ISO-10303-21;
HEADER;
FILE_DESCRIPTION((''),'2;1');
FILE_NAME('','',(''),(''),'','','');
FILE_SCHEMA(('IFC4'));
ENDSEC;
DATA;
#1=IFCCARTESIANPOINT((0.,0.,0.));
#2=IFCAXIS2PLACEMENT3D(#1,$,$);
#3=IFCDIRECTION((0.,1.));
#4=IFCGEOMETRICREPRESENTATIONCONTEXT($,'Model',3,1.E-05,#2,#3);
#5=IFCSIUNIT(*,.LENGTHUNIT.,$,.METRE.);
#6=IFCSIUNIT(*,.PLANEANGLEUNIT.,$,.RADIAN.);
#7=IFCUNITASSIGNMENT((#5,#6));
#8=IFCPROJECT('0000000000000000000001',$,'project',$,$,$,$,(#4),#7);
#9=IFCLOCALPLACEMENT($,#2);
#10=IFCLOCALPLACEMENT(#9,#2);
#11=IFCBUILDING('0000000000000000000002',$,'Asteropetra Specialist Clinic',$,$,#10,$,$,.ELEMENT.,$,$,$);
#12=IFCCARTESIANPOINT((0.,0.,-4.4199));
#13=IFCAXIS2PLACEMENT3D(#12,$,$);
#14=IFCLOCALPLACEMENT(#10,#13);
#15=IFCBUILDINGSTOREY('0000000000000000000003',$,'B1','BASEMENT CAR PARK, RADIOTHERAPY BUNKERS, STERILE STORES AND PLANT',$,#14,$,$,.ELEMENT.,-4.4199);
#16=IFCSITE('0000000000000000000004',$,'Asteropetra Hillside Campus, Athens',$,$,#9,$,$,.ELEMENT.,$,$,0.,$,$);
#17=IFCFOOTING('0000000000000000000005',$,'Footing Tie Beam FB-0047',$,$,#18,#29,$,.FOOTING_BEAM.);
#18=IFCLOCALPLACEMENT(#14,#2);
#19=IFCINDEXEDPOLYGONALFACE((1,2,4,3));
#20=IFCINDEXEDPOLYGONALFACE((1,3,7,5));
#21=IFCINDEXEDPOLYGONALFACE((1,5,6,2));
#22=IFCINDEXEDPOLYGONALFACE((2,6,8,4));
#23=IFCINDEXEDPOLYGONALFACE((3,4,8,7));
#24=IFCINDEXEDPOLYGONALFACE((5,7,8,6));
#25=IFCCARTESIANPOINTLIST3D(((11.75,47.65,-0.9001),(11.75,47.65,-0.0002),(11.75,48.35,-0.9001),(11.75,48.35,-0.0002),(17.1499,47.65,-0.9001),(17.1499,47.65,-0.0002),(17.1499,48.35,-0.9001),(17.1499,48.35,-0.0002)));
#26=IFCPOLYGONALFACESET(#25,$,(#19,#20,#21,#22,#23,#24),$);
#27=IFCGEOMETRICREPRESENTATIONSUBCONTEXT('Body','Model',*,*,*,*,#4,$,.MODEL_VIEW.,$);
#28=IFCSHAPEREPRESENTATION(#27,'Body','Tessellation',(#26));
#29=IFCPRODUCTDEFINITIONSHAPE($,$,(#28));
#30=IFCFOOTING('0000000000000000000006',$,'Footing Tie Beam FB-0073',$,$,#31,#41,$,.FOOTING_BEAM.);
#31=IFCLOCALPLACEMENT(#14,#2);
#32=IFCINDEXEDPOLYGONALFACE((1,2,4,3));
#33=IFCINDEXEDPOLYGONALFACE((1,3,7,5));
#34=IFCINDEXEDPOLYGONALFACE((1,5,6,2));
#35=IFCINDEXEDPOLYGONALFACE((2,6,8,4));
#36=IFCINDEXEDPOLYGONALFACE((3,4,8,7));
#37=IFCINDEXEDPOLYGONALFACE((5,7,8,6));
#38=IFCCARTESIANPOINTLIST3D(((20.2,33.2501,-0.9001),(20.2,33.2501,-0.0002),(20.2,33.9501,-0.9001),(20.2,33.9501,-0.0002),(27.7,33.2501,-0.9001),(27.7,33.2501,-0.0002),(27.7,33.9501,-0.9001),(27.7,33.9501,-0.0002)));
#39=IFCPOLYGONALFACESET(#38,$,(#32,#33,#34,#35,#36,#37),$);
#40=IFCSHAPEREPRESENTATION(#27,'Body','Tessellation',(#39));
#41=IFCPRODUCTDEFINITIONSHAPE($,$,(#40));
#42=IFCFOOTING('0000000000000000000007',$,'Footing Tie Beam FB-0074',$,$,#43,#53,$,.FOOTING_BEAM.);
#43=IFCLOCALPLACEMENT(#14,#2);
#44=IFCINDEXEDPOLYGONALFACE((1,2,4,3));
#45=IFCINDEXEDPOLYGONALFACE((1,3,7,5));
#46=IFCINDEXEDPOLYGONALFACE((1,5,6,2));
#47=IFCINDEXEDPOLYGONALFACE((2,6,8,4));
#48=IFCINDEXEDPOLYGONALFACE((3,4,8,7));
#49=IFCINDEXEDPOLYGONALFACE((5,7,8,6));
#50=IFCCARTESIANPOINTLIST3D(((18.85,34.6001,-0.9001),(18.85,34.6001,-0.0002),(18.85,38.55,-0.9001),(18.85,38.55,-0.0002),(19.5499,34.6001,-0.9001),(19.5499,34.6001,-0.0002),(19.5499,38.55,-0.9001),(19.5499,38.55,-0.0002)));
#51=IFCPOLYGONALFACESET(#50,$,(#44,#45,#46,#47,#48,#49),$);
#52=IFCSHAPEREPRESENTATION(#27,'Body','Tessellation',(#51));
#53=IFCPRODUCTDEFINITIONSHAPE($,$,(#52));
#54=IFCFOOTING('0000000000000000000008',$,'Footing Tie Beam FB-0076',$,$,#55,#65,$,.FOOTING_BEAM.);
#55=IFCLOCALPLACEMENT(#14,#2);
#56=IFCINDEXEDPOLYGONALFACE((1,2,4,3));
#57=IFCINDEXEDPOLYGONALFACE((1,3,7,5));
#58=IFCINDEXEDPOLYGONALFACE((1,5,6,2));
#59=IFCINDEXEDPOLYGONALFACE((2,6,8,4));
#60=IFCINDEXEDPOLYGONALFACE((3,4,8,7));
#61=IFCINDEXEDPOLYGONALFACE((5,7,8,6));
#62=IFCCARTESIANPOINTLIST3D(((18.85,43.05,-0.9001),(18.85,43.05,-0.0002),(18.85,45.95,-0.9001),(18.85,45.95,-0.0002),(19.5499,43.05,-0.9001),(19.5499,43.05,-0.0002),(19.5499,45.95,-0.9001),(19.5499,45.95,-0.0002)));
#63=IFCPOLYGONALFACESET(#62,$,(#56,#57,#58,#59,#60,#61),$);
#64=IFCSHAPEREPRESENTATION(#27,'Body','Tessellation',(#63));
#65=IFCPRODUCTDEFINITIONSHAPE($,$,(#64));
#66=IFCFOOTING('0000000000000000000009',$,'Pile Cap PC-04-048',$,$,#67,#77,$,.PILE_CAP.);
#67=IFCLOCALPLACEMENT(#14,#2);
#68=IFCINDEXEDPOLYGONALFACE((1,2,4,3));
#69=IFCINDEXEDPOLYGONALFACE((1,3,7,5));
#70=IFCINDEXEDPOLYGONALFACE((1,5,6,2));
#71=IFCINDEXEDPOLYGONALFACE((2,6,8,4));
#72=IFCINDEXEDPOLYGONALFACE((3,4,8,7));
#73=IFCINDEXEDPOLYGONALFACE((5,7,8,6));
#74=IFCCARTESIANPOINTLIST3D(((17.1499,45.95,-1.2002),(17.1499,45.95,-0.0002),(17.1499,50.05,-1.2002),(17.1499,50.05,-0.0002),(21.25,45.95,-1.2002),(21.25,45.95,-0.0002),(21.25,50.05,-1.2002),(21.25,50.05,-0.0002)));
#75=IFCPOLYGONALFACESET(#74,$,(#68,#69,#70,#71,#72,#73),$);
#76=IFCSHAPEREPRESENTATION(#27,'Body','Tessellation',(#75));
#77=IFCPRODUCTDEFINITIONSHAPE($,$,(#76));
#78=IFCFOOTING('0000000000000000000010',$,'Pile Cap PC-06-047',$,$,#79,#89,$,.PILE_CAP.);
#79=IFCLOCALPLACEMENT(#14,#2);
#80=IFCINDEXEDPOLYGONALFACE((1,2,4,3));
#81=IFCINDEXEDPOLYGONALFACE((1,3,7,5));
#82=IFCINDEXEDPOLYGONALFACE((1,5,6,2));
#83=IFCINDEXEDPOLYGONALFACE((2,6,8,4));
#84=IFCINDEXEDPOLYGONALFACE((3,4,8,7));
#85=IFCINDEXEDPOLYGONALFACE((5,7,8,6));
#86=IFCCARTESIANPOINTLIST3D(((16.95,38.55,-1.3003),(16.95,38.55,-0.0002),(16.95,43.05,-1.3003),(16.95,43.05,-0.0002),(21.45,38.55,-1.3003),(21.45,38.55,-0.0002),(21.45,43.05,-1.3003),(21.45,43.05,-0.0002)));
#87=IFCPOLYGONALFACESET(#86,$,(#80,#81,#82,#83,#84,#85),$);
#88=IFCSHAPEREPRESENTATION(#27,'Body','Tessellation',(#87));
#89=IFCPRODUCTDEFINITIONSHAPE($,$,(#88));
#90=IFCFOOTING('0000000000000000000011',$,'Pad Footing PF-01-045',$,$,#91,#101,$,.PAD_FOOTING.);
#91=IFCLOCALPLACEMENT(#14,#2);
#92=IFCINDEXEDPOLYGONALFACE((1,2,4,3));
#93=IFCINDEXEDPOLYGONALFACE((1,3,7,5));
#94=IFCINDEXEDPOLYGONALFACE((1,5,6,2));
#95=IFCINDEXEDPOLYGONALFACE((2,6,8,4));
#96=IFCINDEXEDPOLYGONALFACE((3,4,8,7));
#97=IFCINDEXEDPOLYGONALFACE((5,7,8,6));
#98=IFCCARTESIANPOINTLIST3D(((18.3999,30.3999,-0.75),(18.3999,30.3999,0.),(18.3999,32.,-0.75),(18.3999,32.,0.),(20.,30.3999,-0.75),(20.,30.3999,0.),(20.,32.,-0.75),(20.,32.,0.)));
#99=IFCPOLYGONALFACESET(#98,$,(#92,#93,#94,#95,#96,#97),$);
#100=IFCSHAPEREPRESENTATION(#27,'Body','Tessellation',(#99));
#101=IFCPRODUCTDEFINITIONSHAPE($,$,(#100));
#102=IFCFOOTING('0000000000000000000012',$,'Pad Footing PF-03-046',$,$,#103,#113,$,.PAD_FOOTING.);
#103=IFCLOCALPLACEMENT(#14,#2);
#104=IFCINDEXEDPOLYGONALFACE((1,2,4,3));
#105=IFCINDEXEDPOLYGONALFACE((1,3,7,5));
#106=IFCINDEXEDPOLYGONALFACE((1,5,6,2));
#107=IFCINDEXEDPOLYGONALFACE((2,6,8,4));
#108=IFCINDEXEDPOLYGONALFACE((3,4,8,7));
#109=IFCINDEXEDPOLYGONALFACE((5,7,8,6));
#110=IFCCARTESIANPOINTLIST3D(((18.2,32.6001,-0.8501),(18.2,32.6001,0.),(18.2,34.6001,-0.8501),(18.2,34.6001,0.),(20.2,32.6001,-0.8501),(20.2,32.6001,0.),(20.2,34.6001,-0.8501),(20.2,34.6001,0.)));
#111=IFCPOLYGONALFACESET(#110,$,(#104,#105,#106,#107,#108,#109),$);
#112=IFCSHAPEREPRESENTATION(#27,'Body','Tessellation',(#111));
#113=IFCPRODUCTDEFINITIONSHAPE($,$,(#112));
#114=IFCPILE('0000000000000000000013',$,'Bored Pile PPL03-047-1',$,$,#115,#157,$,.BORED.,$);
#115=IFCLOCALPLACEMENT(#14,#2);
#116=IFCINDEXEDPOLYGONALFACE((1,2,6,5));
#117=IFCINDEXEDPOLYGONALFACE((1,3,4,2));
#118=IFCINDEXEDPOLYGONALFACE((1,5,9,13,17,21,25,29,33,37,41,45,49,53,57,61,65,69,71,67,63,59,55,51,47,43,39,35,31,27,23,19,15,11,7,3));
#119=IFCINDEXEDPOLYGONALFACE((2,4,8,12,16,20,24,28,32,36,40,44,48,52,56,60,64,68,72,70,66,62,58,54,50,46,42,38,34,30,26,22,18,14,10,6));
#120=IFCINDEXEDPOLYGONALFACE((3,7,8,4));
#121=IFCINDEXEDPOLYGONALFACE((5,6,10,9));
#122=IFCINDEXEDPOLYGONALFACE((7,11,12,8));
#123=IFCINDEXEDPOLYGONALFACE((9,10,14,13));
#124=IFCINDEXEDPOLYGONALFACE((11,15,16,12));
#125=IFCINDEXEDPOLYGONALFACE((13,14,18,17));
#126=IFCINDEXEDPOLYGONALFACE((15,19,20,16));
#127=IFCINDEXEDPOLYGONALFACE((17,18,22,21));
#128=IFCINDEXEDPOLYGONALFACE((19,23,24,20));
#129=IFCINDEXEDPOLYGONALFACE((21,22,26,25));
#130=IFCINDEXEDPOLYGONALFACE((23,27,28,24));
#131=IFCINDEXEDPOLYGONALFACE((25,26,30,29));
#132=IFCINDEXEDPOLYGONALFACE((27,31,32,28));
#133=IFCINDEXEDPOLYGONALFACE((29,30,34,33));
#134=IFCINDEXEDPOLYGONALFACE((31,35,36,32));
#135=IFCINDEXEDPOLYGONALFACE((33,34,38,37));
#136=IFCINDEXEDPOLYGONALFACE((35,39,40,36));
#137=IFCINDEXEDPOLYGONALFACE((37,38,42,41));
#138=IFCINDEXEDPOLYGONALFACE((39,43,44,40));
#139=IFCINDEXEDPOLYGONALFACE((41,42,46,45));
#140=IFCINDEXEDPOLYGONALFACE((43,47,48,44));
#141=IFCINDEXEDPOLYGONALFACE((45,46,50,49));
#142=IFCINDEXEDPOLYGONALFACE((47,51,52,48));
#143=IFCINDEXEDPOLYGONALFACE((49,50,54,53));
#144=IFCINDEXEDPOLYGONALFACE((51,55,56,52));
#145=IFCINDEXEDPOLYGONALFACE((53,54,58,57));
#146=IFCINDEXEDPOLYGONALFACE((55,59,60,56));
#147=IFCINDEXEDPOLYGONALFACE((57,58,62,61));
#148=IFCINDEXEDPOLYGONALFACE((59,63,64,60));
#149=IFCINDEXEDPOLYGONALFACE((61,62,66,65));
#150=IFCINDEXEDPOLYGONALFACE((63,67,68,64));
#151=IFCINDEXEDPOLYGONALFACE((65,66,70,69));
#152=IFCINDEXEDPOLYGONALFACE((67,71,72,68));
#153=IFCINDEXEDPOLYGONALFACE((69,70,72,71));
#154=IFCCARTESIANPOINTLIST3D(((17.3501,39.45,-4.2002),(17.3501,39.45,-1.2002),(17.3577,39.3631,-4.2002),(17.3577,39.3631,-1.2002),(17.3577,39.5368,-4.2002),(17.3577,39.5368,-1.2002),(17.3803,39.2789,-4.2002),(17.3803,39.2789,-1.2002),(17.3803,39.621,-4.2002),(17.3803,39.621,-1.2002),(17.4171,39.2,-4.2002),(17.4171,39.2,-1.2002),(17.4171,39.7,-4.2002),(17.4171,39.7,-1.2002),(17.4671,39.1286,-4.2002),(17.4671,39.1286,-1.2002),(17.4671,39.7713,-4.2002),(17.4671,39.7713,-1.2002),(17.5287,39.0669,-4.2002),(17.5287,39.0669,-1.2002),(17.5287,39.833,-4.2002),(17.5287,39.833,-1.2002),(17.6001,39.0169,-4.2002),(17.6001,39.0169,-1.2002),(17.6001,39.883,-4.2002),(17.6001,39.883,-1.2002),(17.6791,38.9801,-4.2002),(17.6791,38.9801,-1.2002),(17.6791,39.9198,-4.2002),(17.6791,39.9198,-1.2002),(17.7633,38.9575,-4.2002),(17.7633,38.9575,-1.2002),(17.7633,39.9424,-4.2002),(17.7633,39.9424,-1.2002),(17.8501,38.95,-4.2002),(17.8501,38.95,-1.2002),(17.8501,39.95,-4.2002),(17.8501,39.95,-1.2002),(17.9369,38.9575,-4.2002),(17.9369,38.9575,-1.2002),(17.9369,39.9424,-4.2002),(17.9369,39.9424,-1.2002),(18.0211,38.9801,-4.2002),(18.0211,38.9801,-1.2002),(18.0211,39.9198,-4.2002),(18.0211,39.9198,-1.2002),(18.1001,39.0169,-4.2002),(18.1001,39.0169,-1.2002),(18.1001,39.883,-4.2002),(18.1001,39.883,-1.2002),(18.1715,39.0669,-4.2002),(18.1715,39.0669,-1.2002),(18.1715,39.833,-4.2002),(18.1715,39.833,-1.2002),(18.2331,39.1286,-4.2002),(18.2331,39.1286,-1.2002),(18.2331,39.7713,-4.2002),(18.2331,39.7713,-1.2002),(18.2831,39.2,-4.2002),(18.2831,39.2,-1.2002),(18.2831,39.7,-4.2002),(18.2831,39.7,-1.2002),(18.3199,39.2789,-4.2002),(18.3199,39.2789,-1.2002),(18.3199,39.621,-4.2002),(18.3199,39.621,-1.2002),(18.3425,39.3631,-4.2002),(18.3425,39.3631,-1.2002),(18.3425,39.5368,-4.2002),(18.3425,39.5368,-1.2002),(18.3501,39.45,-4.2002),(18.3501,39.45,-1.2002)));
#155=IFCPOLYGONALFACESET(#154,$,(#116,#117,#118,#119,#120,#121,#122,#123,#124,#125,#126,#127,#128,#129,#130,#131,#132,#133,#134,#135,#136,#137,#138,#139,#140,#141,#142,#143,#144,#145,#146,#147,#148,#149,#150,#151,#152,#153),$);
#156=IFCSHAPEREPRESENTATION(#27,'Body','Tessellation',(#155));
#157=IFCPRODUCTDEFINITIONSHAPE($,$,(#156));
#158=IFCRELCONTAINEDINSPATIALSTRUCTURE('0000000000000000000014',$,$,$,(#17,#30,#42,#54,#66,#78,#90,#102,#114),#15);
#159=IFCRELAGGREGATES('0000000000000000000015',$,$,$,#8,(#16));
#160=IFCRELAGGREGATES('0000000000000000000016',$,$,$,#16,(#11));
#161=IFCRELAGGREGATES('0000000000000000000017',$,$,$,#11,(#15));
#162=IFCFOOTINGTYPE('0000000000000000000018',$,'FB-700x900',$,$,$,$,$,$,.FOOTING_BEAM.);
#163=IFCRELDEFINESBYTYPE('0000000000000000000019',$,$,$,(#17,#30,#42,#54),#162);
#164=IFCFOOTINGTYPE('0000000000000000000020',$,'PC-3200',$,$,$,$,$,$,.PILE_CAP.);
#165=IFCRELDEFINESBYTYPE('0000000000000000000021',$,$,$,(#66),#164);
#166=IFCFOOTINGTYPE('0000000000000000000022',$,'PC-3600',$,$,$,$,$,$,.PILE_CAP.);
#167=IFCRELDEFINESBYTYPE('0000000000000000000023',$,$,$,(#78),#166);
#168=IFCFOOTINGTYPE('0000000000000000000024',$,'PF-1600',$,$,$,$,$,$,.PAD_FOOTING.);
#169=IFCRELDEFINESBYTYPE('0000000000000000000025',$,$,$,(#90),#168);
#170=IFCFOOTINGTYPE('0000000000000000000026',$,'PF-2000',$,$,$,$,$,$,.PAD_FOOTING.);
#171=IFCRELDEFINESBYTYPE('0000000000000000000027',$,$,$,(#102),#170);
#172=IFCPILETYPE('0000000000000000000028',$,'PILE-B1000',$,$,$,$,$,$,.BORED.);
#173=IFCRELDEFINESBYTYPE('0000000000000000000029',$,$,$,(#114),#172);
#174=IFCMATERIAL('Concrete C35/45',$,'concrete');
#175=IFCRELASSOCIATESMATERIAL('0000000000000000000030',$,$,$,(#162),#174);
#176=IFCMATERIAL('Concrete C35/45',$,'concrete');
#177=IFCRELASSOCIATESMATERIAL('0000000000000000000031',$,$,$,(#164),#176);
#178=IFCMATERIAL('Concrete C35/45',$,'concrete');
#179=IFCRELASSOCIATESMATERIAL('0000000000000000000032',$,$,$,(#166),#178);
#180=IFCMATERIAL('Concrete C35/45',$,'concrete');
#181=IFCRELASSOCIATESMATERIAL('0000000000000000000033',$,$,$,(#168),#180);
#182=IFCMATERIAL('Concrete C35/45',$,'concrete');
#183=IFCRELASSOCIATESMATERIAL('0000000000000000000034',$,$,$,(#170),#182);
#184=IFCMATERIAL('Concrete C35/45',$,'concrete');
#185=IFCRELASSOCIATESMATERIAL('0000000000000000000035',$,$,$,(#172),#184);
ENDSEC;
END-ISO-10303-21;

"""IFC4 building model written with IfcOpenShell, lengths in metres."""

from ifc_helpers import new_model, si_unit, direction, frame, origin, origin_2d, place, context, subcontext, project, spatial, rectangle, circle, extrude, material, material_profile, profile_set, type_object, element, save


model = new_model("IFC4")

# Units and contexts
model_context = context("Model", 3, precision=1e-05, world=origin(), true_north=direction((0.0, 1.0)))
body_context = subcontext(model_context, "Body", "Model", "MODEL_VIEW")
ifc_project = project(units=[si_unit("LENGTHUNIT", "METRE"), si_unit("PLANEANGLEUNIT", "RADIAN")], contexts=[model_context])

# Site, building, storey
site_placement = place(None, origin())
site = spatial("IfcSite", under=ifc_project, at=site_placement, Name="Asteropetra Hillside Campus, Athens", CompositionType="ELEMENT", RefElevation=0.0)
building_placement = place(site_placement, origin())
building = spatial("IfcBuilding", under=site, at=building_placement, Name="Asteropetra Specialist Clinic", CompositionType="ELEMENT")
storey_placement = place(building_placement, frame((0.0, 0.0, -4.4199)))
storey = spatial("IfcBuildingStorey", under=building, at=storey_placement, Name="B1", Description="BASEMENT CAR PARK, RADIOTHERAPY BUNKERS, STERILE STORES AND PLANT", CompositionType="ELEMENT", Elevation=-4.4199)

# Footings
ifc_material_1 = material(Name="Concrete C35/45", Category="concrete")
ifc_material_profile_1 = material_profile(ifc_material_1, rectangle(XDim=0.7, YDim=0.8999, at=origin_2d()), Name="FB 700x900")
ifc_profile_set_1 = profile_set([ifc_material_profile_1], Name="Concrete C35/45")
footing_type_1 = type_object("IfcFootingType", Name="FB-700x900", PredefinedType="FOOTING_BEAM", material=ifc_profile_set_1)
footing_1_placement = place(storey_placement, frame((11.75, 48.0, -0.4502), z_axis=(1.0, 0.0, 0.0), x_axis=(0.0, 1.0, 0.0)))
element("IfcFooting", 1, at=footing_1_placement, inside=storey, type_object=footing_type_1, Name="Footing Tie Beam FB-0047", PredefinedType="FOOTING_BEAM", context=body_context, shape_type="SweptSolid", body=[
    extrude(rectangle(XDim=0.7, YDim=0.8999, at=origin_2d()), origin(), (0.0, 0.0, 1.0), 5.3999),
])
footing_2_placement = place(storey_placement, frame((20.2, 33.6001, -0.4502), z_axis=(1.0, 0.0, 0.0), x_axis=(0.0, 1.0, 0.0)))
element("IfcFooting", 2, at=footing_2_placement, inside=storey, type_object=footing_type_1, Name="Footing Tie Beam FB-0073", PredefinedType="FOOTING_BEAM", context=body_context, shape_type="SweptSolid", body=[
    extrude(rectangle(XDim=0.7, YDim=0.8999, at=origin_2d()), origin(), (0.0, 0.0, 1.0), 7.5),
])
footing_3_placement = place(storey_placement, frame((19.2, 34.6001, -0.4502), z_axis=(0.0, 1.0, 0.0), x_axis=(-1.0, 0.0, 0.0)))
element("IfcFooting", 3, at=footing_3_placement, inside=storey, type_object=footing_type_1, Name="Footing Tie Beam FB-0074", PredefinedType="FOOTING_BEAM", context=body_context, shape_type="SweptSolid", body=[
    extrude(rectangle(XDim=0.7, YDim=0.8999, at=origin_2d()), origin(), (0.0, 0.0, 1.0), 3.95),
])
footing_4_placement = place(storey_placement, frame((19.2, 43.05, -0.4502), z_axis=(0.0, 1.0, 0.0), x_axis=(-1.0, 0.0, 0.0)))
element("IfcFooting", 4, at=footing_4_placement, inside=storey, type_object=footing_type_1, Name="Footing Tie Beam FB-0076", PredefinedType="FOOTING_BEAM", context=body_context, shape_type="SweptSolid", body=[
    extrude(rectangle(XDim=0.7, YDim=0.8999, at=origin_2d()), origin(), (0.0, 0.0, 1.0), 2.8999),
])
ifc_material_2 = material(Name="Concrete C35/45", Category="concrete")
footing_type_2 = type_object("IfcFootingType", Name="PC-3200", PredefinedType="PILE_CAP", material=ifc_material_2)
footing_5_placement = place(storey_placement, frame((19.2, 48.0, -1.2002), z_axis=(0.0, 0.0, 1.0), x_axis=(1.0, 0.0, 0.0)))
element("IfcFooting", 5, at=footing_5_placement, inside=storey, type_object=footing_type_2, Name="Pile Cap PC-04-048", PredefinedType="PILE_CAP", context=body_context, shape_type="SweptSolid", body=[
    extrude(rectangle(XDim=4.1001, YDim=4.1001, at=origin_2d()), origin(), (0.0, 0.0, 1.0), 1.2),
])
ifc_material_3 = material(Name="Concrete C35/45", Category="concrete")
footing_type_3 = type_object("IfcFootingType", Name="PC-3600", PredefinedType="PILE_CAP", material=ifc_material_3)
footing_6_placement = place(storey_placement, frame((19.2, 40.8, -1.3003), z_axis=(0.0, 0.0, 1.0), x_axis=(1.0, 0.0, 0.0)))
element("IfcFooting", 6, at=footing_6_placement, inside=storey, type_object=footing_type_3, Name="Pile Cap PC-06-047", PredefinedType="PILE_CAP", context=body_context, shape_type="SweptSolid", body=[
    extrude(rectangle(XDim=4.5, YDim=4.5, at=origin_2d()), origin(), (0.0, 0.0, 1.0), 1.3),
])
ifc_material_4 = material(Name="Concrete C35/45", Category="concrete")
footing_type_4 = type_object("IfcFootingType", Name="PF-1600", PredefinedType="PAD_FOOTING", material=ifc_material_4)
footing_7_placement = place(storey_placement, frame((19.2, 31.2, -0.75), z_axis=(0.0, 0.0, 1.0), x_axis=(1.0, 0.0, 0.0)))
element("IfcFooting", 7, at=footing_7_placement, inside=storey, type_object=footing_type_4, Name="Pad Footing PF-01-045", PredefinedType="PAD_FOOTING", context=body_context, shape_type="SweptSolid", body=[
    extrude(rectangle(XDim=1.6001, YDim=1.6001, at=origin_2d()), origin(), (0.0, 0.0, 1.0), 0.75),
])
ifc_material_5 = material(Name="Concrete C35/45", Category="concrete")
footing_type_5 = type_object("IfcFootingType", Name="PF-2000", PredefinedType="PAD_FOOTING", material=ifc_material_5)
footing_8_placement = place(storey_placement, frame((19.2, 33.6001, -0.8501), z_axis=(0.0, 0.0, 1.0), x_axis=(1.0, 0.0, 0.0)))
element("IfcFooting", 8, at=footing_8_placement, inside=storey, type_object=footing_type_5, Name="Pad Footing PF-03-046", PredefinedType="PAD_FOOTING", context=body_context, shape_type="SweptSolid", body=[
    extrude(rectangle(XDim=2.0, YDim=2.0, at=origin_2d()), origin(), (0.0, 0.0, 1.0), 0.8501),
])

# Pile
ifc_material_6 = material(Name="Concrete C35/45", Category="concrete")
ifc_material_profile_2 = material_profile(ifc_material_6, circle(Radius=0.5, at=origin_2d()), Name="PILE D1000")
ifc_profile_set_2 = profile_set([ifc_material_profile_2], Name="Concrete C35/45")
pile_type_1 = type_object("IfcPileType", Name="PILE-B1000", PredefinedType="BORED", material=ifc_profile_set_2)
for number, where, z_axis, x_axis, name in (
    (9, (17.8501, 39.45, -1.2002), (0.0, 0.0, -1.0), (1.0, 0.0, 0.0), "Bored Pile PPL03-047-1"),
):
    element("IfcPile", number, at=place(storey_placement, frame(where, z_axis=z_axis, x_axis=x_axis)), inside=storey, type_object=pile_type_1, Name=name, PredefinedType="BORED", context=body_context, shape_type="SweptSolid", body=[
        extrude(circle(Radius=0.5, at=origin_2d()), origin(), (0.0, 0.0, 1.0), 3.0),
    ])

save(model, "model.ifc")
